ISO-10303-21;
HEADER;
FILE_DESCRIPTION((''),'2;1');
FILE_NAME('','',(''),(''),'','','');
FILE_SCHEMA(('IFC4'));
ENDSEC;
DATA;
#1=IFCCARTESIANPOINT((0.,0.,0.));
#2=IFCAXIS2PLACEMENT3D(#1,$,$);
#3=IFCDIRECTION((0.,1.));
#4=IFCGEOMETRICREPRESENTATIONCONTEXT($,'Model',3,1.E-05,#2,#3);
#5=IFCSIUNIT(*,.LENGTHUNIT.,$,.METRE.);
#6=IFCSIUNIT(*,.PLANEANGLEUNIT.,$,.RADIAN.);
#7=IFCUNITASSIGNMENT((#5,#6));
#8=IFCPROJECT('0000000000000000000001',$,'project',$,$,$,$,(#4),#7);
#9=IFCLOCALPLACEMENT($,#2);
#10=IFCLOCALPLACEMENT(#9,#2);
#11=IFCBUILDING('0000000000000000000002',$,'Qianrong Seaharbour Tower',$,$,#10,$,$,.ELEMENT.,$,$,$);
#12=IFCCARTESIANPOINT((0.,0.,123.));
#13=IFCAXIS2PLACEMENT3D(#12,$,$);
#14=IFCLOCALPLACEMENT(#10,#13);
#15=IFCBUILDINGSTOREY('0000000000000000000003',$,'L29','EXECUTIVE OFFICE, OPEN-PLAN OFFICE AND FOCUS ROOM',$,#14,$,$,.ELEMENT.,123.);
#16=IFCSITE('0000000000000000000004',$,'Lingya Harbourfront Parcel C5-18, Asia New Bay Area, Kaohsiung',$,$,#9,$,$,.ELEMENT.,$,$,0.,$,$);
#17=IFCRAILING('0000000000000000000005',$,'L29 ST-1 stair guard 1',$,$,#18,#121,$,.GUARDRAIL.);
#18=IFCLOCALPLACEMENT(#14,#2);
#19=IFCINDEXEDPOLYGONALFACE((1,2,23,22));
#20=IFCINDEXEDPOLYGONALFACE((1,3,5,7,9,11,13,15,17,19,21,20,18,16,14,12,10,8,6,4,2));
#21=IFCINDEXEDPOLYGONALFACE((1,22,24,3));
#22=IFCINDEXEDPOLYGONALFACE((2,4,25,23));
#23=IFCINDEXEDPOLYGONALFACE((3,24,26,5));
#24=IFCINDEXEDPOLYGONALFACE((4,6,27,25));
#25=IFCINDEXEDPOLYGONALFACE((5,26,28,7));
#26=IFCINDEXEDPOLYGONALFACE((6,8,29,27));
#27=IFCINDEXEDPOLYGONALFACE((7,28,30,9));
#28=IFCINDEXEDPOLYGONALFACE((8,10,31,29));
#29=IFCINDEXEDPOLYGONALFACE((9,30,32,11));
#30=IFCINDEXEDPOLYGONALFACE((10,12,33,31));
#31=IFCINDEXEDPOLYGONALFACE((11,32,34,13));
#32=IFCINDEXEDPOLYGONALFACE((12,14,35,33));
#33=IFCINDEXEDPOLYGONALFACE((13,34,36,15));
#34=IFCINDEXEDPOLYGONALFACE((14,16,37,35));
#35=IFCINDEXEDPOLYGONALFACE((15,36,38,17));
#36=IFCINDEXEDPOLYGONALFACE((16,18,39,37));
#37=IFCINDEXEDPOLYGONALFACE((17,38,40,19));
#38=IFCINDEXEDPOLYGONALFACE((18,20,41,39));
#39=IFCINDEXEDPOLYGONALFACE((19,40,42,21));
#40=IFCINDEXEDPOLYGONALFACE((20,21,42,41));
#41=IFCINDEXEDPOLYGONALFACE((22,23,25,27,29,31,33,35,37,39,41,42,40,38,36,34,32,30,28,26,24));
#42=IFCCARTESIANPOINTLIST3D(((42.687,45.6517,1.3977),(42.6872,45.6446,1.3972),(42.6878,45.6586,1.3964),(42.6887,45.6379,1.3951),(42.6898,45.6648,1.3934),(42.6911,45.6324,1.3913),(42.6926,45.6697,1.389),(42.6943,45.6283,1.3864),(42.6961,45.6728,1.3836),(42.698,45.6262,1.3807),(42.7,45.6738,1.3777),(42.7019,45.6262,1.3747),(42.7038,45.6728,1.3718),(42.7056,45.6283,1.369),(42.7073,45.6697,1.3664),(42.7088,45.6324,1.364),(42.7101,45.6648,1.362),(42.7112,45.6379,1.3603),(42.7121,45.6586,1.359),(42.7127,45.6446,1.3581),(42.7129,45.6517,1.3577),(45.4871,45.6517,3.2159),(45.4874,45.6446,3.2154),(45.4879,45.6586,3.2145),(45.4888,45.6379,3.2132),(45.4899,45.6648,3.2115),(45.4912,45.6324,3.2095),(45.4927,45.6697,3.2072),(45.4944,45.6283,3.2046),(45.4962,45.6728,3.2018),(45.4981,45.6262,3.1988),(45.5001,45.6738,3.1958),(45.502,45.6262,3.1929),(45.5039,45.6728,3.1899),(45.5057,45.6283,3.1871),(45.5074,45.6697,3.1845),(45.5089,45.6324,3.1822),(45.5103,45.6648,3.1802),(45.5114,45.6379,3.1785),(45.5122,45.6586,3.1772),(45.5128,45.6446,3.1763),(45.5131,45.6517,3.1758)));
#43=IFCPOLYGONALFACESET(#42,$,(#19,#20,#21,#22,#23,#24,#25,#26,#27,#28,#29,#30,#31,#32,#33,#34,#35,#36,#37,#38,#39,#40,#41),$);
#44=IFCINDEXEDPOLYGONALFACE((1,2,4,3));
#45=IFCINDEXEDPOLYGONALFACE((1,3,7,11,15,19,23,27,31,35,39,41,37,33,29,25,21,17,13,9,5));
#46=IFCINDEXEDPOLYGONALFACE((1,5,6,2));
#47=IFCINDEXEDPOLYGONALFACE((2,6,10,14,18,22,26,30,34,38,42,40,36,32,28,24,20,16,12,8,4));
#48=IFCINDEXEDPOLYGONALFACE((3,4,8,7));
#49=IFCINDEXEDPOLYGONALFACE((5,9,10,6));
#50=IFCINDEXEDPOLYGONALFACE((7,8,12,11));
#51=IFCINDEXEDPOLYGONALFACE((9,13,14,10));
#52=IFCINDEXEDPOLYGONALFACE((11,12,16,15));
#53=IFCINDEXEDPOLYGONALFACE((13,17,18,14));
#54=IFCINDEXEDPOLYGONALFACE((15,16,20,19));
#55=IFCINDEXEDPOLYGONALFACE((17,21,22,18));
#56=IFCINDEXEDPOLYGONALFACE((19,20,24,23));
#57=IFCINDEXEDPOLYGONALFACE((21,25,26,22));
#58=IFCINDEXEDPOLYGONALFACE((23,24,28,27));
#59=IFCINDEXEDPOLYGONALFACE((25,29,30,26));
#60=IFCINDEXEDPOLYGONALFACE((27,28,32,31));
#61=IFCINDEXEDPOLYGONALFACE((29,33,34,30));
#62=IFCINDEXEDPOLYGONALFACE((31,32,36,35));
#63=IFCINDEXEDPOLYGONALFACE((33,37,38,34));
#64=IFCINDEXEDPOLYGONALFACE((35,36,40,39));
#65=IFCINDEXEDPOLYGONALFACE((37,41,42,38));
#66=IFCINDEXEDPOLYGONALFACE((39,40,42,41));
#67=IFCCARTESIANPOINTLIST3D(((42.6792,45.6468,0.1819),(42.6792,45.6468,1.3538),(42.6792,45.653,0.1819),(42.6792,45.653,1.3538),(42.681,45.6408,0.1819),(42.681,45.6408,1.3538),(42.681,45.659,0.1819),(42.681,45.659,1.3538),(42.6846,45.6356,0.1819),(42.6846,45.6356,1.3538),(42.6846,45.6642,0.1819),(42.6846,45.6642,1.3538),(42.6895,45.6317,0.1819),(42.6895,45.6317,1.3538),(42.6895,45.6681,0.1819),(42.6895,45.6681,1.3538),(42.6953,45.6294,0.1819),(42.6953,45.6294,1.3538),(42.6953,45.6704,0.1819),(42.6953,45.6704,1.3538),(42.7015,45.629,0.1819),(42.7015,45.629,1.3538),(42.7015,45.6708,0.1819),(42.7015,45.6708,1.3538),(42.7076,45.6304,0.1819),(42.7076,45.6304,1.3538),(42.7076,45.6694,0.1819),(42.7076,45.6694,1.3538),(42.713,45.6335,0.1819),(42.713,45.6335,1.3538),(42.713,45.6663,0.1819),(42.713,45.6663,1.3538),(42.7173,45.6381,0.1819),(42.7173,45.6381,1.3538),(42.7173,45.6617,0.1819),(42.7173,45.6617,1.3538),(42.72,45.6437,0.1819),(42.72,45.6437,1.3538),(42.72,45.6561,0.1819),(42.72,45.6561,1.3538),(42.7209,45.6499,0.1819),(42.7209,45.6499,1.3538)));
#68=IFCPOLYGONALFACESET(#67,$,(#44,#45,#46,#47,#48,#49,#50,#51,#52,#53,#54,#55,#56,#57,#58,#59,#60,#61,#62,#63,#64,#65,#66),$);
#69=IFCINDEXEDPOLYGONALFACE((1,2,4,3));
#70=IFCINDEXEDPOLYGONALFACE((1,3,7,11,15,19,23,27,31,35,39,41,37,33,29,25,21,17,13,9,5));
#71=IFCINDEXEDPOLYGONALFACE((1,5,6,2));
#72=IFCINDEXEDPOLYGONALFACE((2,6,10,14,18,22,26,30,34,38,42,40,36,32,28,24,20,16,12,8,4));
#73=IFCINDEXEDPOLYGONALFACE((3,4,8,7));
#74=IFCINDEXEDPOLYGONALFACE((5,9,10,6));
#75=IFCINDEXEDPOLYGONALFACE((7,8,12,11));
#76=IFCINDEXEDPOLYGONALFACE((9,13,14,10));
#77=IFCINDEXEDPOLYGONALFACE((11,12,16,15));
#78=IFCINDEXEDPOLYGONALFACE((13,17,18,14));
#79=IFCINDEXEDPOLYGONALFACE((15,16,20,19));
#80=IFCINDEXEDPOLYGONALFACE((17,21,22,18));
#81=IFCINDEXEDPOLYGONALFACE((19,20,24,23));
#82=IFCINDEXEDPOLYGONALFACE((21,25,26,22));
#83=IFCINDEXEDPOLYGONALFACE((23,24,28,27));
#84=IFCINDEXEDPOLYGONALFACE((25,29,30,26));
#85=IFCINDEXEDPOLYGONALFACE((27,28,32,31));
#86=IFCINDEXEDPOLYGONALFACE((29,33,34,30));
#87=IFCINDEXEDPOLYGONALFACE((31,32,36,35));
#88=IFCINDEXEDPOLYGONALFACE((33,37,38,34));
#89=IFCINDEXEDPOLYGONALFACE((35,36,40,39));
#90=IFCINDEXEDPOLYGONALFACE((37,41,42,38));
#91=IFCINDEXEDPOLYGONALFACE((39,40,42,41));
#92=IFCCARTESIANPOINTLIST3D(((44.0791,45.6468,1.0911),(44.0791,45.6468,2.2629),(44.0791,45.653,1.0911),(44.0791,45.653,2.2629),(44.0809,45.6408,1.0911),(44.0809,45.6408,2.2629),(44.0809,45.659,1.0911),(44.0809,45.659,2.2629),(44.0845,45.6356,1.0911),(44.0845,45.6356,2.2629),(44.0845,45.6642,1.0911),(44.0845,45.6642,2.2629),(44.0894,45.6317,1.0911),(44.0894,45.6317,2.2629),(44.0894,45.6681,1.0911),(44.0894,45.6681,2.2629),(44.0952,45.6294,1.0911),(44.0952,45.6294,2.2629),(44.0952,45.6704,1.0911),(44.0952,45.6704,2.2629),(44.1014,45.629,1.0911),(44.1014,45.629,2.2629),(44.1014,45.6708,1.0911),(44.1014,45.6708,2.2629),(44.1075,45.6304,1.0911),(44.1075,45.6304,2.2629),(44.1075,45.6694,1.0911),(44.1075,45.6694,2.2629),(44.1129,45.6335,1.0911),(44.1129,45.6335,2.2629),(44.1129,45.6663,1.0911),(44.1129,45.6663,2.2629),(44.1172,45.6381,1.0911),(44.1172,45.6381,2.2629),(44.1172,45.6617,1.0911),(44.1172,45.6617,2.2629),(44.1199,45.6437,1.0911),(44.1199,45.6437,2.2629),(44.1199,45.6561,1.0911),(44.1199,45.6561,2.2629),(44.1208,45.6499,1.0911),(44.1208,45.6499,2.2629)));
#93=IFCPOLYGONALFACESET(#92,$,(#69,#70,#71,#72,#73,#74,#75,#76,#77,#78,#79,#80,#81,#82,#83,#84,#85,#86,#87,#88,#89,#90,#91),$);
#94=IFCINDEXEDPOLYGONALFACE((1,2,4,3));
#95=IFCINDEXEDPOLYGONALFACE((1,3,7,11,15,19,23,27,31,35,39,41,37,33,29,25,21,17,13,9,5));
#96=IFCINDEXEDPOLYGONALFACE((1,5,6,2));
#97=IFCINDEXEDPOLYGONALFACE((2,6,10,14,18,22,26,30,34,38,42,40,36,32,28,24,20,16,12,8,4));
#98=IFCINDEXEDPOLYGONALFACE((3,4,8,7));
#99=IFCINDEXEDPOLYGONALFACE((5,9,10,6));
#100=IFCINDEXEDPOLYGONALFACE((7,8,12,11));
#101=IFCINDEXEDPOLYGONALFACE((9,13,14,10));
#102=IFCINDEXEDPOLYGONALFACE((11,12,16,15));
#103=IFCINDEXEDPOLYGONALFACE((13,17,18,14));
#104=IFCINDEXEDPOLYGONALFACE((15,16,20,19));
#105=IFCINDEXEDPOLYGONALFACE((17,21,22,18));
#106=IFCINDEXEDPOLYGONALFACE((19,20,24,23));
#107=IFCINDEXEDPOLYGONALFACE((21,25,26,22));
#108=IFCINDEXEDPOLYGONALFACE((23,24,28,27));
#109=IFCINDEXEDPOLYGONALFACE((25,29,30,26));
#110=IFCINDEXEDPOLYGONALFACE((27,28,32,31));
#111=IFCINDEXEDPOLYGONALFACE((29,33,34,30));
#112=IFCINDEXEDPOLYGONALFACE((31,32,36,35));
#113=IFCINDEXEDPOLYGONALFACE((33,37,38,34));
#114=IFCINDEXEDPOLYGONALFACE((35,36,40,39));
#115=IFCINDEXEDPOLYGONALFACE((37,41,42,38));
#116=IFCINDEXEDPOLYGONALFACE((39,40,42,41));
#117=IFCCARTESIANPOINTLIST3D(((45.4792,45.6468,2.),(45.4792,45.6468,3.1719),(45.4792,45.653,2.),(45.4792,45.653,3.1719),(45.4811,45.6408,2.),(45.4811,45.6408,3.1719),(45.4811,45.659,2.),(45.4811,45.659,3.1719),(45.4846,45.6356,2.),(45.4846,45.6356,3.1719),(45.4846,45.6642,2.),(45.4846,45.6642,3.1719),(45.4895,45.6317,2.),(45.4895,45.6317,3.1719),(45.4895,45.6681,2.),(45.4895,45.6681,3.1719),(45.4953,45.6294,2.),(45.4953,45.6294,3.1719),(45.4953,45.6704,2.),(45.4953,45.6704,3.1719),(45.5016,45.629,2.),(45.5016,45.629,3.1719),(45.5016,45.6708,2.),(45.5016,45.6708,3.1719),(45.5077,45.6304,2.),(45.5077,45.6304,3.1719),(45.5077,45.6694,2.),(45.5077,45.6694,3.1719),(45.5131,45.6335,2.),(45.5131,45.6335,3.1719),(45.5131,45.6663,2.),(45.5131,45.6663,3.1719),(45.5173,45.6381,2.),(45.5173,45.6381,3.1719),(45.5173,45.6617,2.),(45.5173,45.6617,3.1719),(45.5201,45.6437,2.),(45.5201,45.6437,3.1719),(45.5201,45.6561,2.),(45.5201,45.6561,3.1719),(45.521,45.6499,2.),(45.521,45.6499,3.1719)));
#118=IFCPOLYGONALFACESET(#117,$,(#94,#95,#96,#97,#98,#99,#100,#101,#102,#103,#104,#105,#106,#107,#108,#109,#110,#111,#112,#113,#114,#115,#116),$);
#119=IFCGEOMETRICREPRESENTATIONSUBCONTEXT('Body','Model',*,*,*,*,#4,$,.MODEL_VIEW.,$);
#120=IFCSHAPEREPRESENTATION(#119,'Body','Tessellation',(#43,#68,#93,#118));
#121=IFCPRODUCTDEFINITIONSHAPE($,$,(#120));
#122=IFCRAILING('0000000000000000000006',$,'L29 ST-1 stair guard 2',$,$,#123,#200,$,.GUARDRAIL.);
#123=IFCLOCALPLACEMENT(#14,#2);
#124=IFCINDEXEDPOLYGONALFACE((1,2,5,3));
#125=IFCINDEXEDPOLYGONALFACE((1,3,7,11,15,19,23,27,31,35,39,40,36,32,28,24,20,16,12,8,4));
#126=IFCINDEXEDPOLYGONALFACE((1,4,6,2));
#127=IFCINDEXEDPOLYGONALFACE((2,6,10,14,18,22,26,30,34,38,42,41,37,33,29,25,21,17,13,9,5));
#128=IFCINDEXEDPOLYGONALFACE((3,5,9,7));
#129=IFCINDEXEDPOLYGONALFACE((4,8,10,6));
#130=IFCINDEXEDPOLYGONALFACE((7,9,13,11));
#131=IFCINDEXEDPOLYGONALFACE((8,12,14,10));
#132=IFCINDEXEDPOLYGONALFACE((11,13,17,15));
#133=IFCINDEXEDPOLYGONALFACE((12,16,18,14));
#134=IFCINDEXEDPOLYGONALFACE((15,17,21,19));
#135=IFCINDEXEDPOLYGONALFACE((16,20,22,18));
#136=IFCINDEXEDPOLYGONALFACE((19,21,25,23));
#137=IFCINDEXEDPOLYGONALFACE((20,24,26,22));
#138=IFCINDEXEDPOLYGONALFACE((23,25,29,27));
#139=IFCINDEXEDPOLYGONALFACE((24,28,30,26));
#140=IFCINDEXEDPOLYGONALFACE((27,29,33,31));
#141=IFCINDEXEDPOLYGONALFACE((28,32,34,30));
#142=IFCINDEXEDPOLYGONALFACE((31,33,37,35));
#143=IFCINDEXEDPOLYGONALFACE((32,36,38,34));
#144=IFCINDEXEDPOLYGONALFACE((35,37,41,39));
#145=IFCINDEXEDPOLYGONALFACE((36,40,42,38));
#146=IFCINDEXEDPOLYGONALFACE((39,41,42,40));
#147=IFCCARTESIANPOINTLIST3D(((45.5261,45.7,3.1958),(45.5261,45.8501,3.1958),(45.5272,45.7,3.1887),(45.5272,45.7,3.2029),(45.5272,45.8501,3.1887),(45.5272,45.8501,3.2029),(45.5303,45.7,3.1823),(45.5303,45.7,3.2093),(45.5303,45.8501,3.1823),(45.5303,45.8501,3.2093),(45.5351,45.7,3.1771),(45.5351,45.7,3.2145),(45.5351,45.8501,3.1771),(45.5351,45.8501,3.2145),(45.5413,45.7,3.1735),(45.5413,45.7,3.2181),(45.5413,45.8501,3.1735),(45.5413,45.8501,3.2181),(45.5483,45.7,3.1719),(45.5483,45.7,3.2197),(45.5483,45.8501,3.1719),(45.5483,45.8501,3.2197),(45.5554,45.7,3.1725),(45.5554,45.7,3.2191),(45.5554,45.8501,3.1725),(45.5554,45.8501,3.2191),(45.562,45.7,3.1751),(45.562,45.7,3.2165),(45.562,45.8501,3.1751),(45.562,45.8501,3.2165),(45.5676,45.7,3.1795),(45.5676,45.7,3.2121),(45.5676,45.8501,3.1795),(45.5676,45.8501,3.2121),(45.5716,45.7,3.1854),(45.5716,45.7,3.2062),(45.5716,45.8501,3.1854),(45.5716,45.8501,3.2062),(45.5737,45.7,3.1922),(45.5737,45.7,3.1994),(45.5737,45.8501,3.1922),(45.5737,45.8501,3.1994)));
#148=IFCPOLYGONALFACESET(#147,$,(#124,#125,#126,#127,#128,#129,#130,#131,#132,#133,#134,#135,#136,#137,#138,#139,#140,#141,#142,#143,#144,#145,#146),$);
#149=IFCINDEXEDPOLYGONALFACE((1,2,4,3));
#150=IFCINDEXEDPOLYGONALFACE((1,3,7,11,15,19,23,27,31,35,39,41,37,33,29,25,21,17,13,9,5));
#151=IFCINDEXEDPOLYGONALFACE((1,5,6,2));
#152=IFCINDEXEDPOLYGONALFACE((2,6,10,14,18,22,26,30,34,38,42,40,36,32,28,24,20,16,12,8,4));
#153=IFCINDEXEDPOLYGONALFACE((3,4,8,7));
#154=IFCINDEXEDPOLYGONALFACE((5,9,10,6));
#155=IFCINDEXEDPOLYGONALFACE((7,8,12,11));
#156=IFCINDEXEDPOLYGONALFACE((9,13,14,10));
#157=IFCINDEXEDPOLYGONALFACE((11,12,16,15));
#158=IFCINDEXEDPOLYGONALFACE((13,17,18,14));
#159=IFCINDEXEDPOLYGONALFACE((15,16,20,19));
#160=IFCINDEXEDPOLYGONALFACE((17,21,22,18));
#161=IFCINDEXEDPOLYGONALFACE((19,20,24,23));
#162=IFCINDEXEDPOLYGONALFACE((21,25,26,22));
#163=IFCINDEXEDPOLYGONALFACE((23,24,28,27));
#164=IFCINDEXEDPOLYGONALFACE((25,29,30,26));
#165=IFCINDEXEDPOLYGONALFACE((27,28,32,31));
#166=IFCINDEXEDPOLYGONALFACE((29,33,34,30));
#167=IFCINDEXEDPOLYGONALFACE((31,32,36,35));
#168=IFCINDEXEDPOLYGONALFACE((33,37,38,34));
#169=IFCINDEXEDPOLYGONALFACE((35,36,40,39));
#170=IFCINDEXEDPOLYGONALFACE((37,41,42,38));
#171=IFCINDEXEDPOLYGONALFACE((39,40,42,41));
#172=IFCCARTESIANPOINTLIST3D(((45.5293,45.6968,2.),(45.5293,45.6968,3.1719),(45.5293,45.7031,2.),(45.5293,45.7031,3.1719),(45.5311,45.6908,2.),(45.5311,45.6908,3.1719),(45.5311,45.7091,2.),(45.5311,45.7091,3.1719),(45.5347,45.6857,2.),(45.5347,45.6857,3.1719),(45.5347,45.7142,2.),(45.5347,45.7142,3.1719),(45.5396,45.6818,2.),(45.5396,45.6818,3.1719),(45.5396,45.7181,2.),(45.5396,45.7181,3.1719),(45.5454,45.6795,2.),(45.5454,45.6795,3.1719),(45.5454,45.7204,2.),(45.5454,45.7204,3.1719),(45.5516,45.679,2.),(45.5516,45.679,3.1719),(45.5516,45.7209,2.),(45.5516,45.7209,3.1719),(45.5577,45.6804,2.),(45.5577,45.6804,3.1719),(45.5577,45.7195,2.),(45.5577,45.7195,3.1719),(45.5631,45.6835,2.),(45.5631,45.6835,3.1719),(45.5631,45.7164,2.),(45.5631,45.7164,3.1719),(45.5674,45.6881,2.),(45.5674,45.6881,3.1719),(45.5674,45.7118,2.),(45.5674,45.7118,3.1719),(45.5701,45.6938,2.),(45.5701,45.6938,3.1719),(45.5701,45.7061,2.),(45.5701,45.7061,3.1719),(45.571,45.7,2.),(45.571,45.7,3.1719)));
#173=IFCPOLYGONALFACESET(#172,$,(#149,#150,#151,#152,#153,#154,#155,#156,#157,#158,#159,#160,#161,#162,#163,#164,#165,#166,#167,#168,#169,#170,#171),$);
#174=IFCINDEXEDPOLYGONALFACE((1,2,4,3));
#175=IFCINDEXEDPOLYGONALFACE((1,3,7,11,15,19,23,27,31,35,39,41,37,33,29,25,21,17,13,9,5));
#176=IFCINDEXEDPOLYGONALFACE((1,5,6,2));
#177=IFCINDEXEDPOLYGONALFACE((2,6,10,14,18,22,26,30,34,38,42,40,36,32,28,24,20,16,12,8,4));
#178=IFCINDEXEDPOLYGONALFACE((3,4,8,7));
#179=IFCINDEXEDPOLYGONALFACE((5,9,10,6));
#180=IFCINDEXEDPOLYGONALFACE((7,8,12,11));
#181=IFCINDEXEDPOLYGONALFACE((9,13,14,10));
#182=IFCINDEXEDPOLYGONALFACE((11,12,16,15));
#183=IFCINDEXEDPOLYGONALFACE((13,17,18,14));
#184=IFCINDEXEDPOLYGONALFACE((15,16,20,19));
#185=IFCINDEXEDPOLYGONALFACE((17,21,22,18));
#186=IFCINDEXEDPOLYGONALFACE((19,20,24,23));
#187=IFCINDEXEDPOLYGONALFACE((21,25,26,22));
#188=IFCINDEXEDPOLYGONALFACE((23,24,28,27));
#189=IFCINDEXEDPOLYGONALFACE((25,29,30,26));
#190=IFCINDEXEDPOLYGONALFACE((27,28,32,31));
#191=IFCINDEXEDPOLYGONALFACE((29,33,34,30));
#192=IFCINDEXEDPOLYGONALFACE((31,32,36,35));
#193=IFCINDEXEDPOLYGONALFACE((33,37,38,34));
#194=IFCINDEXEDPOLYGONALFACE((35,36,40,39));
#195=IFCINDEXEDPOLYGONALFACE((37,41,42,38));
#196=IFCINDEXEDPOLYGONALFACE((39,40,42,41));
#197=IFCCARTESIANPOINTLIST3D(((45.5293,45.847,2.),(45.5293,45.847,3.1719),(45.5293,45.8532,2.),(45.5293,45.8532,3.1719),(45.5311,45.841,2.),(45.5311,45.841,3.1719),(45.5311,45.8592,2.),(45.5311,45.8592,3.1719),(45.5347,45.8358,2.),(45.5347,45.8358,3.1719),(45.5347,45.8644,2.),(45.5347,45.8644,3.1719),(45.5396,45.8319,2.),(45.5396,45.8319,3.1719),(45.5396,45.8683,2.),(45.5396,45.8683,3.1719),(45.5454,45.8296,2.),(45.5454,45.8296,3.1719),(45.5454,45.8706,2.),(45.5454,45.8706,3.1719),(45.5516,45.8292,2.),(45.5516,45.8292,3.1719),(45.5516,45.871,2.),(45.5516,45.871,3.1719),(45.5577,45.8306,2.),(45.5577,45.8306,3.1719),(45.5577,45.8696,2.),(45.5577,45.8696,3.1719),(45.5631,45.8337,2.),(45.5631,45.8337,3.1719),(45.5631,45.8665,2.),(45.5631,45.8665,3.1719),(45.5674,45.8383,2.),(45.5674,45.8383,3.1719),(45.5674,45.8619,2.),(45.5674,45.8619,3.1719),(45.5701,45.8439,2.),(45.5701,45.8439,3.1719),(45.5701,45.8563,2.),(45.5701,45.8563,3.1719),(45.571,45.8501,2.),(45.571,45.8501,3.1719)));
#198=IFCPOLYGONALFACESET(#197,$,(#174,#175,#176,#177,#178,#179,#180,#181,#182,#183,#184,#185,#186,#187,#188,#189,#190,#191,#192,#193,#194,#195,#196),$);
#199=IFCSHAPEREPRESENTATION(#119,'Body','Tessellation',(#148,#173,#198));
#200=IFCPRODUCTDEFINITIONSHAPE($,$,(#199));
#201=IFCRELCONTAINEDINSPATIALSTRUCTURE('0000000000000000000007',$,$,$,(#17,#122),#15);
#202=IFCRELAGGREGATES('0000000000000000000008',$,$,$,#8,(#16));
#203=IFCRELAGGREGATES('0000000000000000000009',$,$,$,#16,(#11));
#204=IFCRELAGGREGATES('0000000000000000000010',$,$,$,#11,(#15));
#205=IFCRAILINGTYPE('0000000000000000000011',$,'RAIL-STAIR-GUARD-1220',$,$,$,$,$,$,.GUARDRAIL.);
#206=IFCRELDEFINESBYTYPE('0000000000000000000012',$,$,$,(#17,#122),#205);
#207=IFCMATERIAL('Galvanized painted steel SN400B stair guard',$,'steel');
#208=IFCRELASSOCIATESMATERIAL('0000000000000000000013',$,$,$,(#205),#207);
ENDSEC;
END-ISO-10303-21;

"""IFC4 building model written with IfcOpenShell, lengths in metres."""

from ifc_helpers import new_model, si_unit, direction, frame, origin, origin_2d, place, context, subcontext, project, spatial, circle, extrude, material, type_object, element, save


model = new_model("IFC4")

# Units and contexts
model_context = context("Model", 3, precision=1e-05, world=origin(), true_north=direction((0.0, 1.0)))
body_context = subcontext(model_context, "Body", "Model", "MODEL_VIEW")
ifc_project = project(units=[si_unit("LENGTHUNIT", "METRE"), si_unit("PLANEANGLEUNIT", "RADIAN")], contexts=[model_context])

# Site, building, storey
site_placement = place(None, origin())
site = spatial("IfcSite", under=ifc_project, at=site_placement, Name="Lingya Harbourfront Parcel C5-18, Asia New Bay Area, Kaohsiung", CompositionType="ELEMENT", RefElevation=0.0)
building_placement = place(site_placement, origin())
building = spatial("IfcBuilding", under=site, at=building_placement, Name="Qianrong Seaharbour Tower", CompositionType="ELEMENT")
storey_placement = place(building_placement, frame((0.0, 0.0, 123.0)))
storey = spatial("IfcBuildingStorey", under=building, at=storey_placement, Name="L29", Description="EXECUTIVE OFFICE, OPEN-PLAN OFFICE AND FOCUS ROOM", CompositionType="ELEMENT", Elevation=123.0)

# Railings
ifc_material_1 = material(Name="Galvanized painted steel SN400B stair guard", Category="steel")
railing_type_1 = type_object("IfcRailingType", Name="RAIL-STAIR-GUARD-1220", PredefinedType="GUARDRAIL", material=ifc_material_1)
railing_1_placement = place(storey_placement, frame((42.7, 45.6499, 0.1819)))
element("IfcRailing", 1, at=railing_1_placement, inside=storey, type_object=railing_type_1, Name="L29 ST-1 stair guard 1", PredefinedType="GUARDRAIL", context=body_context, shape_type="SweptSolid", body=[
    extrude(circle(Radius=0.0239, at=origin_2d()), frame((0.0, 0.0, 1.1958), z_axis=(0.838706, 0.0, 0.544585), x_axis=(0.0, 1.0, 0.0)), (0.0, 0.0, 1.0), 3.3386),
    extrude(circle(Radius=0.021, at=origin_2d()), origin(), (0.0, 0.0, 1.0), 1.1719),
    extrude(circle(Radius=0.021, at=origin_2d()), frame((1.3999, 0.0, 0.9092)), (0.0, 0.0, 1.0), 1.1719),
    extrude(circle(Radius=0.021, at=origin_2d()), frame((2.8, 0.0, 1.8181)), (0.0, 0.0, 1.0), 1.1719),
])
for number, where, name in (
    (2, (45.55, 45.7, 2.0), "L29 ST-1 stair guard 2"),
):
    element("IfcRailing", number, at=place(storey_placement, frame(where)), inside=storey, type_object=railing_type_1, Name=name, PredefinedType="GUARDRAIL", context=body_context, shape_type="SweptSolid", body=[
        extrude(circle(Radius=0.0239, at=origin_2d()), frame((0.0, 0.0, 1.1958), z_axis=(0.0, 1.0, 0.0), x_axis=(-1.0, 0.0, 0.0)), (0.0, 0.0, 1.0), 0.1501),
        extrude(circle(Radius=0.021, at=origin_2d()), origin(), (0.0, 0.0, 1.0), 1.1719),
        extrude(circle(Radius=0.021, at=origin_2d()), frame((0.0, 0.1501, 0.0)), (0.0, 0.0, 1.0), 1.1719),
    ])

save(model, "model.ifc")
